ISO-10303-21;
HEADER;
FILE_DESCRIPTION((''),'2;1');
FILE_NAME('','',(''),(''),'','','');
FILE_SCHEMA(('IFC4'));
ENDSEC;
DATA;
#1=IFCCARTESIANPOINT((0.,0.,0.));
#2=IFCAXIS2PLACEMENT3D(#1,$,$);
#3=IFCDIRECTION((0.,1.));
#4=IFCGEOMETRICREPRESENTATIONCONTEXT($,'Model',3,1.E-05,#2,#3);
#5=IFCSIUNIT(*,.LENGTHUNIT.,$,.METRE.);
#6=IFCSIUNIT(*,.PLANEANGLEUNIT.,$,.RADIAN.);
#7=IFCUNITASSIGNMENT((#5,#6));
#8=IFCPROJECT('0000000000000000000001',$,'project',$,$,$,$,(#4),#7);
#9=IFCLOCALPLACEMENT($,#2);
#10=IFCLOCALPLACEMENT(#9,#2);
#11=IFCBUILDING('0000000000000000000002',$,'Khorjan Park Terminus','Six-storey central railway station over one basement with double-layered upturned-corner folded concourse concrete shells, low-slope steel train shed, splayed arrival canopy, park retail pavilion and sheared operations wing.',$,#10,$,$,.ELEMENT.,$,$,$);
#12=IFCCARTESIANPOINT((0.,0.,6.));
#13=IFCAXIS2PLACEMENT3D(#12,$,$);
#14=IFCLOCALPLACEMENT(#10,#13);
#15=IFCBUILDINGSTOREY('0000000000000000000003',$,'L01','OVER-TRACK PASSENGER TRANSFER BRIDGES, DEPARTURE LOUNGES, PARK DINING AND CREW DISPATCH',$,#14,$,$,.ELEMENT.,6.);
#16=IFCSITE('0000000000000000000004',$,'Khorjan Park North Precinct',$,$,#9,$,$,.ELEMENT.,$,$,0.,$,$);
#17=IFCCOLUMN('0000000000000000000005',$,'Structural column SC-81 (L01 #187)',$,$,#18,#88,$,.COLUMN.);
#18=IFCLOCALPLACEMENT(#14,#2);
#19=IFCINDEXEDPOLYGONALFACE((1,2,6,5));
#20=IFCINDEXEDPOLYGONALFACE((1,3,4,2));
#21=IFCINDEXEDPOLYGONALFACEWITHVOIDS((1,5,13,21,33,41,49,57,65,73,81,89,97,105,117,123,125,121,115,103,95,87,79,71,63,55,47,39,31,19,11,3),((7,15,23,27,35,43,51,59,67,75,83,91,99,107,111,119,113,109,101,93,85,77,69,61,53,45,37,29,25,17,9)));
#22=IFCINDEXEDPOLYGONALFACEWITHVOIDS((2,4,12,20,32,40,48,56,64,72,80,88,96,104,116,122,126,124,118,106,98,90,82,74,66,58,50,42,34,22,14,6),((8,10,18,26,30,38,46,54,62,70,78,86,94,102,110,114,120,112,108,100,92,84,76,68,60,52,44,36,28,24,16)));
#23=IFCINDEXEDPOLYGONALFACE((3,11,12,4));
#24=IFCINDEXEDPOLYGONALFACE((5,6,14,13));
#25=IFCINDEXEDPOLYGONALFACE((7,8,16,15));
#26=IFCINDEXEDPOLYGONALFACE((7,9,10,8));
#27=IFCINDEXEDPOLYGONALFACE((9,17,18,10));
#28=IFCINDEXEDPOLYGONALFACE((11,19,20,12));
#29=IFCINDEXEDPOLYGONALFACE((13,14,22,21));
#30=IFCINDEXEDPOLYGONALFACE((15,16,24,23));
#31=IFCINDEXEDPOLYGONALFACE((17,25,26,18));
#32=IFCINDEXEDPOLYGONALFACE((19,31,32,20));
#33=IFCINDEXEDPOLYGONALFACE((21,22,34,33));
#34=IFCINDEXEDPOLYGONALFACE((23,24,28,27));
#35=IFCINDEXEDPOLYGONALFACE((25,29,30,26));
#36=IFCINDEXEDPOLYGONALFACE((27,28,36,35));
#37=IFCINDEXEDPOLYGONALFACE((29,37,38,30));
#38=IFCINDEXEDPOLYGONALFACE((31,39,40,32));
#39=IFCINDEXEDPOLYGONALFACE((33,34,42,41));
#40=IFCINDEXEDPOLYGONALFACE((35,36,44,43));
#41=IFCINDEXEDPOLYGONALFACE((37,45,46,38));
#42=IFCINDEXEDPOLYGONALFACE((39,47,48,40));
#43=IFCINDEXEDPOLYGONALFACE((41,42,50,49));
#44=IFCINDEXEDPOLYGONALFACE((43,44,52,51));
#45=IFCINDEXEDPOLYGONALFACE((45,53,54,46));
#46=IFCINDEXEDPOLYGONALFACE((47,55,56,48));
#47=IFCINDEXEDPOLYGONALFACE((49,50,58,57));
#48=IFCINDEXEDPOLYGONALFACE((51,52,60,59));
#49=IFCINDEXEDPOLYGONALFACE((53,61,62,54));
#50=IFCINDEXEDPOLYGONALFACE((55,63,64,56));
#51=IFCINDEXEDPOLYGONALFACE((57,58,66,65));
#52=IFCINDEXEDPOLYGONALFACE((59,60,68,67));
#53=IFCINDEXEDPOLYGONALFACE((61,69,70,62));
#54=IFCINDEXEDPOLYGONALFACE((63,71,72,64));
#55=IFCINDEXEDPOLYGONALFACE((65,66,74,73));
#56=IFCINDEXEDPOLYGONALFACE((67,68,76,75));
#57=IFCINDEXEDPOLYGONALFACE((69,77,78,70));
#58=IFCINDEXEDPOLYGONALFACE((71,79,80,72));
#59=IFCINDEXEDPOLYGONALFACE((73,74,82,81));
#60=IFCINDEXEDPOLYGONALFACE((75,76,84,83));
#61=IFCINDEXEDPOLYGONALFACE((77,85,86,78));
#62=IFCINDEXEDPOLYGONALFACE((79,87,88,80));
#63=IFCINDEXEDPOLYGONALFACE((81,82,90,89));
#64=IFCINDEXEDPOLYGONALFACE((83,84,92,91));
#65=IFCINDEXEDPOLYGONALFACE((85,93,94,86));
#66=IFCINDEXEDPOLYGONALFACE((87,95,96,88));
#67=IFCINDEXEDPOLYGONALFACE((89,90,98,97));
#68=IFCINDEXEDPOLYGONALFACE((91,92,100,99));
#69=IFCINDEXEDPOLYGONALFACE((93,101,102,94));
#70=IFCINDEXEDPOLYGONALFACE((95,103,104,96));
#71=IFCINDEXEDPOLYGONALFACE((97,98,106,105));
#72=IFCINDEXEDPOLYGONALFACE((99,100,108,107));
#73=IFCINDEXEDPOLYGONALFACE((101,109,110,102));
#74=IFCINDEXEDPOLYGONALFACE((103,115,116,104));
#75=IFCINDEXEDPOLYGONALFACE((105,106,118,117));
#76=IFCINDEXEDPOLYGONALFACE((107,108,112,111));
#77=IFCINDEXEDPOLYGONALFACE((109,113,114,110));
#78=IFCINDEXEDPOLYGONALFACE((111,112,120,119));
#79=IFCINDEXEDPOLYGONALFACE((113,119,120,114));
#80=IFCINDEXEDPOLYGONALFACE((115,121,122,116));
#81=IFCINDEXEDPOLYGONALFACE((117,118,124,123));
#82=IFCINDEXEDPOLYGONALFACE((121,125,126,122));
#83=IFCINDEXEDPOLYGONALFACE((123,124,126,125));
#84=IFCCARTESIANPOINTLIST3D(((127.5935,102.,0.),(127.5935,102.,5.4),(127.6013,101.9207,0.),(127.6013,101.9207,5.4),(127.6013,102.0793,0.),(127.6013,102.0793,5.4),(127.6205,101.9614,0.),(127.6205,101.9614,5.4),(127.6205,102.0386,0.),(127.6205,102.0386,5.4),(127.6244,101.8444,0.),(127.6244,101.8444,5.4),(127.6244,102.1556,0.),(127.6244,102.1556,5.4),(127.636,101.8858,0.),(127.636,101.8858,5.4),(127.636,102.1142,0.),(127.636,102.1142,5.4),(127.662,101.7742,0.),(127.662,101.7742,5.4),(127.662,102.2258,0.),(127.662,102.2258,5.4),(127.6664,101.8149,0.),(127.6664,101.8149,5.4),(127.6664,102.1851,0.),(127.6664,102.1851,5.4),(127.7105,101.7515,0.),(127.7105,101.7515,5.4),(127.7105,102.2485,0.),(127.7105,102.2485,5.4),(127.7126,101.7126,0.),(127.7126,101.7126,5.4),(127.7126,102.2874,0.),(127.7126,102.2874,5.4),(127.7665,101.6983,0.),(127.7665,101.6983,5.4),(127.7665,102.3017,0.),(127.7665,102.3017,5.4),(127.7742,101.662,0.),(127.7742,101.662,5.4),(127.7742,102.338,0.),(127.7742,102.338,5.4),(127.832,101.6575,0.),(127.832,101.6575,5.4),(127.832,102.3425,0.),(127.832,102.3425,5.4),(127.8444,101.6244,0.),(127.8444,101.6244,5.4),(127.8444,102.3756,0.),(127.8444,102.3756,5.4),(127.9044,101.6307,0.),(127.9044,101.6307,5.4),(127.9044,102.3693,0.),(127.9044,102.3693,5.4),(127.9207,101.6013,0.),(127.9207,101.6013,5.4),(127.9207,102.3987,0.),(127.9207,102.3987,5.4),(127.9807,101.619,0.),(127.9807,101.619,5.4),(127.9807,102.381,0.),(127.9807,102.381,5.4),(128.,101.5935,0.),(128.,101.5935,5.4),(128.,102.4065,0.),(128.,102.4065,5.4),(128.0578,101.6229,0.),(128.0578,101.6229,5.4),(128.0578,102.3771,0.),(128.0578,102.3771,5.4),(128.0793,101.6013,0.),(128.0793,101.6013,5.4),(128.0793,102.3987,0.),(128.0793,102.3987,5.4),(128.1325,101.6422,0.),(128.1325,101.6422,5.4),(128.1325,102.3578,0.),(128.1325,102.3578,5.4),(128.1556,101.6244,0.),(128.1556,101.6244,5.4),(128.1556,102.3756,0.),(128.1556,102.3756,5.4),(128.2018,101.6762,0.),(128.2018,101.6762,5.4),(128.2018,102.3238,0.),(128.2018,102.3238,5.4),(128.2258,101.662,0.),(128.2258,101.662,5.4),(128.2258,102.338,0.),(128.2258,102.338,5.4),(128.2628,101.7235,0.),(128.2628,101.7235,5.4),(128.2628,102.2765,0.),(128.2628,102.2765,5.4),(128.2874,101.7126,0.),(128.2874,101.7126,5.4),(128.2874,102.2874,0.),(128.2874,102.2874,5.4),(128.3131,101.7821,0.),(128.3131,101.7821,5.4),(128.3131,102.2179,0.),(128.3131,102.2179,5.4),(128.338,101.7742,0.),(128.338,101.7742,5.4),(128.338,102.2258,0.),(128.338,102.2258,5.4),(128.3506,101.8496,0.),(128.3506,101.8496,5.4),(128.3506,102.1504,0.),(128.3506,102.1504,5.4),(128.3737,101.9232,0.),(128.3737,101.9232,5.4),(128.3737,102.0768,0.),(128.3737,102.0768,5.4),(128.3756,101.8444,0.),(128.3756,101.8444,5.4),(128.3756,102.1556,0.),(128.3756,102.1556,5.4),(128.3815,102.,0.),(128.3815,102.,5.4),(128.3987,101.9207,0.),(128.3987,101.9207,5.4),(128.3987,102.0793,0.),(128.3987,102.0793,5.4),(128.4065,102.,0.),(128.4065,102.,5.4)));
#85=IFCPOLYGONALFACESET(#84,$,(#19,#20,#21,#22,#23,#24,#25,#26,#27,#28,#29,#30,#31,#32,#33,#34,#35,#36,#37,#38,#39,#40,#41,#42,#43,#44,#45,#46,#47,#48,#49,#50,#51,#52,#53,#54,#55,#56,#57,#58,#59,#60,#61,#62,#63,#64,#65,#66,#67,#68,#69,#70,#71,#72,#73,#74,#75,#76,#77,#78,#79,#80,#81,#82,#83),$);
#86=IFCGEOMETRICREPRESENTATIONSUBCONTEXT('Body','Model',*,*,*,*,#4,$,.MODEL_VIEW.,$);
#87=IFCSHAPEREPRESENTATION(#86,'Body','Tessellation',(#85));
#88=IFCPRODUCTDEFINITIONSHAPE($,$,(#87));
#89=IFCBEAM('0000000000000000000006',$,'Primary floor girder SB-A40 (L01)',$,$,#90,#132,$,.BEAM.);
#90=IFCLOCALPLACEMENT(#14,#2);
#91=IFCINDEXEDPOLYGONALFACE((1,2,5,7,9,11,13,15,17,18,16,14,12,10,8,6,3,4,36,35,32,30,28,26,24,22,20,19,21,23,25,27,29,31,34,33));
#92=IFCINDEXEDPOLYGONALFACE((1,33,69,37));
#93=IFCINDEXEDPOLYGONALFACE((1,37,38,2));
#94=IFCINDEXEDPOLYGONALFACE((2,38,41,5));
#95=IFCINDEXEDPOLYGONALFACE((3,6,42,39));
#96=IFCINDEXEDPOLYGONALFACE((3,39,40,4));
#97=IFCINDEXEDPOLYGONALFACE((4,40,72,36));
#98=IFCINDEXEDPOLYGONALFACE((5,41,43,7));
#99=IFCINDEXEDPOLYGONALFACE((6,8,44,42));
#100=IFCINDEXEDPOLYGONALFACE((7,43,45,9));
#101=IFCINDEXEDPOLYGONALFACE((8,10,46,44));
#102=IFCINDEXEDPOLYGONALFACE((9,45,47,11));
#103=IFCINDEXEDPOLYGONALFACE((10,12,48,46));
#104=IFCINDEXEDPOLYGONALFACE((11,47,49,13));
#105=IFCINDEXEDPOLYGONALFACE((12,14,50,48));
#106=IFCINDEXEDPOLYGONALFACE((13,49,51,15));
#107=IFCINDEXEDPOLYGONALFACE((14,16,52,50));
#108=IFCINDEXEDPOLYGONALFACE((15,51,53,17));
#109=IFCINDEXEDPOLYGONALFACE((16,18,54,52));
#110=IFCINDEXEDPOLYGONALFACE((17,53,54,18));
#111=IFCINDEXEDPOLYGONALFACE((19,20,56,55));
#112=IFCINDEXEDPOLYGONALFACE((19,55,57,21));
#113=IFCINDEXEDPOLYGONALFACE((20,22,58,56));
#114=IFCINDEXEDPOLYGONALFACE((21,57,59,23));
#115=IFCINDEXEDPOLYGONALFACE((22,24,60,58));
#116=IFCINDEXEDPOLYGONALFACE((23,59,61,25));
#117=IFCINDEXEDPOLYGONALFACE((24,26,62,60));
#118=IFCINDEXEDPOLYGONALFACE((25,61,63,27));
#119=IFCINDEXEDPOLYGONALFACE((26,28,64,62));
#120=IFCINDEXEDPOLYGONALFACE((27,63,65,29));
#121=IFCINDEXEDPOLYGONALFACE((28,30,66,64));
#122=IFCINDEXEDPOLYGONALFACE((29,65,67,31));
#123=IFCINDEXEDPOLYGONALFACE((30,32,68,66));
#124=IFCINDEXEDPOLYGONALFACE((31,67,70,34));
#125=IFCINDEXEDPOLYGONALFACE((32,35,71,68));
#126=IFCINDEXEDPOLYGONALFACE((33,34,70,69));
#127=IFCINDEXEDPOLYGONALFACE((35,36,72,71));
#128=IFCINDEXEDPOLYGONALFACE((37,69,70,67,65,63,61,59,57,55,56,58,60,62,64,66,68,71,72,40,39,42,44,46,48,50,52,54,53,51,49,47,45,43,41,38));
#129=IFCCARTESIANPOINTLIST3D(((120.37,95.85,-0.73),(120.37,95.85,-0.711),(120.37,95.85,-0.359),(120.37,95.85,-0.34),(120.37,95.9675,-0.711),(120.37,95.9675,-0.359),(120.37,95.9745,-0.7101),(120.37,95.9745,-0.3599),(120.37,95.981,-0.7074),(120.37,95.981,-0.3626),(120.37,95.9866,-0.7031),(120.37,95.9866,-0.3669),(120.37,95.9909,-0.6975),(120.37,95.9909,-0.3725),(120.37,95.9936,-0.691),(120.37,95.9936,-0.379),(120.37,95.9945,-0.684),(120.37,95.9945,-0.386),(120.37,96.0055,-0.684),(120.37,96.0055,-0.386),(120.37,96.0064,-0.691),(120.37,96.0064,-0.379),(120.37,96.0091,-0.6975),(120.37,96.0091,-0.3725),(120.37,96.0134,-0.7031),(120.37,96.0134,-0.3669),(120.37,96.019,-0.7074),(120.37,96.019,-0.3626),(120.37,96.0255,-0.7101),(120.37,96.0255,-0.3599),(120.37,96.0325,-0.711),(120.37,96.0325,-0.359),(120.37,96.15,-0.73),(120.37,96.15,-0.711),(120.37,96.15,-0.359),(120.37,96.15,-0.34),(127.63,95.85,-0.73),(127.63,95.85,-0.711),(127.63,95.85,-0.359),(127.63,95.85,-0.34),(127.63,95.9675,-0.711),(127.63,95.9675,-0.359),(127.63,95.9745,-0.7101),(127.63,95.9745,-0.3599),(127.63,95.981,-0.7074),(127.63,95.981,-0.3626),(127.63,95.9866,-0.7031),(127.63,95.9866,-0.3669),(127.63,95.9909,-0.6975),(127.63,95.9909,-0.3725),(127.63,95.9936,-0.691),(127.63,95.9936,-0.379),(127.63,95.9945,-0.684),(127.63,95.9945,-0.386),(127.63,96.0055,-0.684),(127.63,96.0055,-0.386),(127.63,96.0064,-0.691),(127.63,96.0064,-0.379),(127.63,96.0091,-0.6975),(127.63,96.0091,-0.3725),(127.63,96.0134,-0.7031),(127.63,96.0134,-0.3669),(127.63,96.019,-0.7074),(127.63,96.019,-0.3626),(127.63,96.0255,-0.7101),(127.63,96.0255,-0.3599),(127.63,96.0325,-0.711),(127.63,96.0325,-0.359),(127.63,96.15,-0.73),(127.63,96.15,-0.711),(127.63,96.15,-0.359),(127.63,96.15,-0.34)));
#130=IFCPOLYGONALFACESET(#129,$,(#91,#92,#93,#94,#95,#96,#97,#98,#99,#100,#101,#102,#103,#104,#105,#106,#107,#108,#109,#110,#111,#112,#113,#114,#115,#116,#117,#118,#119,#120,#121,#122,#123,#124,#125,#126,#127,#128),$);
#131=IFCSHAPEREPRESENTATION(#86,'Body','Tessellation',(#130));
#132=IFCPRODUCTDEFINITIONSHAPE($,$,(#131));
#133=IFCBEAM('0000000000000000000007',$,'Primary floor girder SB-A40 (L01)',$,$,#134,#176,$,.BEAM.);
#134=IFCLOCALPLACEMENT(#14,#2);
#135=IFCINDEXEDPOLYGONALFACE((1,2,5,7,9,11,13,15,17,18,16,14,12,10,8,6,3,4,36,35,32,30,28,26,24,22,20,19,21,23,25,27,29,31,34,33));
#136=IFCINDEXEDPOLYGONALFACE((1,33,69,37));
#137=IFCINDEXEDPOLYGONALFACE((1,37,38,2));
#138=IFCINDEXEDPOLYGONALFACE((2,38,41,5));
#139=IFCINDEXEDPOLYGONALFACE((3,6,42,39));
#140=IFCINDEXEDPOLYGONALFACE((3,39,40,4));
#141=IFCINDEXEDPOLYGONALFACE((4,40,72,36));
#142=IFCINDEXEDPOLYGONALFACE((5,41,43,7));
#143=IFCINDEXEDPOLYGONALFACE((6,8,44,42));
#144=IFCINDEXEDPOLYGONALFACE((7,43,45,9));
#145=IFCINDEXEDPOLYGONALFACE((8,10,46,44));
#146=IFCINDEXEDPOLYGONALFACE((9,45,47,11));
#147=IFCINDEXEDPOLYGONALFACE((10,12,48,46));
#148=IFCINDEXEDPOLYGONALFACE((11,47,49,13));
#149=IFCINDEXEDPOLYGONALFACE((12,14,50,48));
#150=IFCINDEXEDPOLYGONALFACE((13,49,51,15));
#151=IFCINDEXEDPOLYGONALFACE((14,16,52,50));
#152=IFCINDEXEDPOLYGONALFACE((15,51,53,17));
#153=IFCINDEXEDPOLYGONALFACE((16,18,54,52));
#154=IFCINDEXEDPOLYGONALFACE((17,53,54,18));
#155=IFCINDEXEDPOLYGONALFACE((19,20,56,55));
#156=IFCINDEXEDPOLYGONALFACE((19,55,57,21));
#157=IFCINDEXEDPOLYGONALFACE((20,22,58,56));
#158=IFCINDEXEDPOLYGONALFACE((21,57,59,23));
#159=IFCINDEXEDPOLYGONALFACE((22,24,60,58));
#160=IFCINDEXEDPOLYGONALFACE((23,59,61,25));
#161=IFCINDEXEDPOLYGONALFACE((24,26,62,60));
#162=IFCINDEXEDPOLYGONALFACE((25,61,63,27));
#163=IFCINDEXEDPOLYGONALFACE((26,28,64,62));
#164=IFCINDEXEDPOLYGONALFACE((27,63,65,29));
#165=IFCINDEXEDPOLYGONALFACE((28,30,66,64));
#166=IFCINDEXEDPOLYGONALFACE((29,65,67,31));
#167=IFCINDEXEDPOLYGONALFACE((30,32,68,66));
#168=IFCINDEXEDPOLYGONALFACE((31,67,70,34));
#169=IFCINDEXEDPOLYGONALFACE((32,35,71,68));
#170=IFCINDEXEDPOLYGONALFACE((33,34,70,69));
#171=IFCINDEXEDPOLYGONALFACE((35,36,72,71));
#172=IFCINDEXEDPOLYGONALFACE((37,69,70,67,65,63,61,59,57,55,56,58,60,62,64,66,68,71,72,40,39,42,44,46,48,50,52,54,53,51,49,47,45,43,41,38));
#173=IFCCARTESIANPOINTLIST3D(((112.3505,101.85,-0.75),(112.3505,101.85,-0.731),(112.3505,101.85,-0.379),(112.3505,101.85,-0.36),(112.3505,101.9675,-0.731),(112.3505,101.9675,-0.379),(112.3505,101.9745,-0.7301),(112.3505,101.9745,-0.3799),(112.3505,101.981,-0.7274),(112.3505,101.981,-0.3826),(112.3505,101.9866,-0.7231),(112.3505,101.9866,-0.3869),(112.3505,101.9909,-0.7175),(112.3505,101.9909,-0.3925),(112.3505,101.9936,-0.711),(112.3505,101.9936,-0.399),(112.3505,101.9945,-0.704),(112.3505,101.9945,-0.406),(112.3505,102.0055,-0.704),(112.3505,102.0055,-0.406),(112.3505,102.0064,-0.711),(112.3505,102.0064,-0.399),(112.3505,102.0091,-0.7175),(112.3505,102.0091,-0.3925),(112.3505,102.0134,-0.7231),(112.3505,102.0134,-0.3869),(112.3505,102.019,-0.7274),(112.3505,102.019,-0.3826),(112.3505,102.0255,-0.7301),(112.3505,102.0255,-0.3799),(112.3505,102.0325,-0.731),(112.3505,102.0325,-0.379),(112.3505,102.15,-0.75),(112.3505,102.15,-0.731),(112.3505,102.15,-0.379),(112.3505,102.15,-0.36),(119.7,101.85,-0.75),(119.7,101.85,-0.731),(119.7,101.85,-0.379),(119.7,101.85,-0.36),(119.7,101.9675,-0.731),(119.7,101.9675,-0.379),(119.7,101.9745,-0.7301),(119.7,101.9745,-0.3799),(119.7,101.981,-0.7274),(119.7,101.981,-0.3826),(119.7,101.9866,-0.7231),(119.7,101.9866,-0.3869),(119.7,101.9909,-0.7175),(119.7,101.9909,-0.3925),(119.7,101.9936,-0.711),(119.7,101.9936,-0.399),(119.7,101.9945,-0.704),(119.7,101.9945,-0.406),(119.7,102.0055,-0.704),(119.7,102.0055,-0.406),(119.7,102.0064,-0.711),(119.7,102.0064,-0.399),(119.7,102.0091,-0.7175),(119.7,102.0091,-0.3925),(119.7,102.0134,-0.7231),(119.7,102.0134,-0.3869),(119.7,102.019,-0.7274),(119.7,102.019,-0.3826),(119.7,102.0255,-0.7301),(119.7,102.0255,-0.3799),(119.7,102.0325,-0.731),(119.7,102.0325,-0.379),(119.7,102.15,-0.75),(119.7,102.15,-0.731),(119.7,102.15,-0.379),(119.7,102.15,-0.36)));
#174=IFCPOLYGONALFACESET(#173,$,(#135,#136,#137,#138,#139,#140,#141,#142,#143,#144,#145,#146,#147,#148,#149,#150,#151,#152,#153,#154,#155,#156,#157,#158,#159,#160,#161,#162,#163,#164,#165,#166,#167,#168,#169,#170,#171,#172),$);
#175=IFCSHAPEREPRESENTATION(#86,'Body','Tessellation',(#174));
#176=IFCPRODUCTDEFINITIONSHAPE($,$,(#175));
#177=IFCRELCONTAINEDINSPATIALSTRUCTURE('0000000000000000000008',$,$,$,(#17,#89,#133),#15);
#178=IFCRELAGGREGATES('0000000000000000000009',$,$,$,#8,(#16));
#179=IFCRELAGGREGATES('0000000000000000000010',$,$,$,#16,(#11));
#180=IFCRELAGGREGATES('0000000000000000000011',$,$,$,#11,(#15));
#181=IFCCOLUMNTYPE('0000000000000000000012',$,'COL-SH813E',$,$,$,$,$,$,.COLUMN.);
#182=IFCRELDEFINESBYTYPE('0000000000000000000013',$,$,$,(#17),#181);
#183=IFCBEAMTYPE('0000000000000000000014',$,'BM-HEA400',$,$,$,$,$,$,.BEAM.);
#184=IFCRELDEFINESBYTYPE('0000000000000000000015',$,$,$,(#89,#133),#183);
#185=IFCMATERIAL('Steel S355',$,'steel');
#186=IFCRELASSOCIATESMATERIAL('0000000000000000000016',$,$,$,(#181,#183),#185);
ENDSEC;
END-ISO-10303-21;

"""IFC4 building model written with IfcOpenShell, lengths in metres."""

from ifc_helpers import new_model, si_unit, direction, frame, origin, origin_2d, place, context, subcontext, project, spatial, hollow_circle, i_section, extrude, material, material_profile, profile_set, type_object, element, save


model = new_model("IFC4")

# Units and contexts
model_context = context("Model", 3, precision=1e-05, world=origin(), true_north=direction((0.0, 1.0)))
body_context = subcontext(model_context, "Body", "Model", "MODEL_VIEW")
ifc_project = project(units=[si_unit("LENGTHUNIT", "METRE"), si_unit("PLANEANGLEUNIT", "RADIAN")], contexts=[model_context])

# Site, building, storey
site_placement = place(None, origin())
site = spatial("IfcSite", under=ifc_project, at=site_placement, Name="Khorjan Park North Precinct", CompositionType="ELEMENT", RefElevation=0.0)
building_placement = place(site_placement, origin())
building = spatial("IfcBuilding", under=site, at=building_placement, Name="Khorjan Park Terminus", Description="Six-storey central railway station over one basement with double-layered upturned-corner folded concourse concrete shells, low-slope steel train shed, splayed arrival canopy, park retail pavilion and sheared operations wing.", CompositionType="ELEMENT")
storey_placement = place(building_placement, frame((0.0, 0.0, 6.0)))
storey = spatial("IfcBuildingStorey", under=building, at=storey_placement, Name="L01", Description="OVER-TRACK PASSENGER TRANSFER BRIDGES, DEPARTURE LOUNGES, PARK DINING AND CREW DISPATCH", CompositionType="ELEMENT", Elevation=6.0)

# Column
ifc_material_1 = material(Name="Steel S355", Category="steel")
ifc_material_profile_1 = material_profile(ifc_material_1, hollow_circle(Radius=0.4065, WallThickness=0.025, at=origin_2d()), Name="CHS 813x25")
ifc_profile_set_1 = profile_set([ifc_material_profile_1], Name="Steel S355")
column_type_1 = type_object("IfcColumnType", Name="COL-SH813E", PredefinedType="COLUMN", material=ifc_profile_set_1)
column_1_placement = place(storey_placement, frame((128.0, 102.0, 0.0), z_axis=(0.0, 0.0, 1.0), x_axis=(1.0, 0.0, 0.0)))
element("IfcColumn", 1, at=column_1_placement, inside=storey, type_object=column_type_1, Name="Structural column SC-81 (L01 #187)", PredefinedType="COLUMN", context=body_context, shape_type="SweptSolid", body=[
    extrude(hollow_circle(Radius=0.4065, WallThickness=0.025, at=origin_2d()), origin(), (0.0, 0.0, 1.0), 5.4),
])

# Beams
ifc_material_profile_2 = material_profile(ifc_material_1, i_section(OverallWidth=0.3, OverallDepth=0.39, WebThickness=0.011, FlangeThickness=0.019, FilletRadius=0.027, at=origin_2d()), Name="HEA 400")
ifc_profile_set_2 = profile_set([ifc_material_profile_2], Name="Steel S355")
beam_type_1 = type_object("IfcBeamType", Name="BM-HEA400", PredefinedType="BEAM", material=ifc_profile_set_2)
beam_1_placement = place(storey_placement, frame((120.37, 96.0, -0.535), z_axis=(1.0, 0.0, 0.0), x_axis=(0.0, 1.0, 0.0)))
element("IfcBeam", 2, at=beam_1_placement, inside=storey, type_object=beam_type_1, Name="Primary floor girder SB-A40 (L01)", PredefinedType="BEAM", context=body_context, shape_type="SweptSolid", body=[
    extrude(i_section(OverallWidth=0.3, OverallDepth=0.39, WebThickness=0.011, FlangeThickness=0.019, FilletRadius=0.027, at=origin_2d()), origin(), (0.0, 0.0, 1.0), 7.26),
])
beam_2_placement = place(storey_placement, frame((112.3505, 102.0, -0.555), z_axis=(1.0, 0.0, 0.0), x_axis=(0.0, 1.0, 0.0)))
element("IfcBeam", 3, at=beam_2_placement, inside=storey, type_object=beam_type_1, Name="Primary floor girder SB-A40 (L01)", PredefinedType="BEAM", context=body_context, shape_type="SweptSolid", body=[
    extrude(i_section(OverallWidth=0.3, OverallDepth=0.39, WebThickness=0.011, FlangeThickness=0.019, FilletRadius=0.027, at=origin_2d()), origin(), (0.0, 0.0, 1.0), 7.3495),
])

save(model, "model.ifc")
